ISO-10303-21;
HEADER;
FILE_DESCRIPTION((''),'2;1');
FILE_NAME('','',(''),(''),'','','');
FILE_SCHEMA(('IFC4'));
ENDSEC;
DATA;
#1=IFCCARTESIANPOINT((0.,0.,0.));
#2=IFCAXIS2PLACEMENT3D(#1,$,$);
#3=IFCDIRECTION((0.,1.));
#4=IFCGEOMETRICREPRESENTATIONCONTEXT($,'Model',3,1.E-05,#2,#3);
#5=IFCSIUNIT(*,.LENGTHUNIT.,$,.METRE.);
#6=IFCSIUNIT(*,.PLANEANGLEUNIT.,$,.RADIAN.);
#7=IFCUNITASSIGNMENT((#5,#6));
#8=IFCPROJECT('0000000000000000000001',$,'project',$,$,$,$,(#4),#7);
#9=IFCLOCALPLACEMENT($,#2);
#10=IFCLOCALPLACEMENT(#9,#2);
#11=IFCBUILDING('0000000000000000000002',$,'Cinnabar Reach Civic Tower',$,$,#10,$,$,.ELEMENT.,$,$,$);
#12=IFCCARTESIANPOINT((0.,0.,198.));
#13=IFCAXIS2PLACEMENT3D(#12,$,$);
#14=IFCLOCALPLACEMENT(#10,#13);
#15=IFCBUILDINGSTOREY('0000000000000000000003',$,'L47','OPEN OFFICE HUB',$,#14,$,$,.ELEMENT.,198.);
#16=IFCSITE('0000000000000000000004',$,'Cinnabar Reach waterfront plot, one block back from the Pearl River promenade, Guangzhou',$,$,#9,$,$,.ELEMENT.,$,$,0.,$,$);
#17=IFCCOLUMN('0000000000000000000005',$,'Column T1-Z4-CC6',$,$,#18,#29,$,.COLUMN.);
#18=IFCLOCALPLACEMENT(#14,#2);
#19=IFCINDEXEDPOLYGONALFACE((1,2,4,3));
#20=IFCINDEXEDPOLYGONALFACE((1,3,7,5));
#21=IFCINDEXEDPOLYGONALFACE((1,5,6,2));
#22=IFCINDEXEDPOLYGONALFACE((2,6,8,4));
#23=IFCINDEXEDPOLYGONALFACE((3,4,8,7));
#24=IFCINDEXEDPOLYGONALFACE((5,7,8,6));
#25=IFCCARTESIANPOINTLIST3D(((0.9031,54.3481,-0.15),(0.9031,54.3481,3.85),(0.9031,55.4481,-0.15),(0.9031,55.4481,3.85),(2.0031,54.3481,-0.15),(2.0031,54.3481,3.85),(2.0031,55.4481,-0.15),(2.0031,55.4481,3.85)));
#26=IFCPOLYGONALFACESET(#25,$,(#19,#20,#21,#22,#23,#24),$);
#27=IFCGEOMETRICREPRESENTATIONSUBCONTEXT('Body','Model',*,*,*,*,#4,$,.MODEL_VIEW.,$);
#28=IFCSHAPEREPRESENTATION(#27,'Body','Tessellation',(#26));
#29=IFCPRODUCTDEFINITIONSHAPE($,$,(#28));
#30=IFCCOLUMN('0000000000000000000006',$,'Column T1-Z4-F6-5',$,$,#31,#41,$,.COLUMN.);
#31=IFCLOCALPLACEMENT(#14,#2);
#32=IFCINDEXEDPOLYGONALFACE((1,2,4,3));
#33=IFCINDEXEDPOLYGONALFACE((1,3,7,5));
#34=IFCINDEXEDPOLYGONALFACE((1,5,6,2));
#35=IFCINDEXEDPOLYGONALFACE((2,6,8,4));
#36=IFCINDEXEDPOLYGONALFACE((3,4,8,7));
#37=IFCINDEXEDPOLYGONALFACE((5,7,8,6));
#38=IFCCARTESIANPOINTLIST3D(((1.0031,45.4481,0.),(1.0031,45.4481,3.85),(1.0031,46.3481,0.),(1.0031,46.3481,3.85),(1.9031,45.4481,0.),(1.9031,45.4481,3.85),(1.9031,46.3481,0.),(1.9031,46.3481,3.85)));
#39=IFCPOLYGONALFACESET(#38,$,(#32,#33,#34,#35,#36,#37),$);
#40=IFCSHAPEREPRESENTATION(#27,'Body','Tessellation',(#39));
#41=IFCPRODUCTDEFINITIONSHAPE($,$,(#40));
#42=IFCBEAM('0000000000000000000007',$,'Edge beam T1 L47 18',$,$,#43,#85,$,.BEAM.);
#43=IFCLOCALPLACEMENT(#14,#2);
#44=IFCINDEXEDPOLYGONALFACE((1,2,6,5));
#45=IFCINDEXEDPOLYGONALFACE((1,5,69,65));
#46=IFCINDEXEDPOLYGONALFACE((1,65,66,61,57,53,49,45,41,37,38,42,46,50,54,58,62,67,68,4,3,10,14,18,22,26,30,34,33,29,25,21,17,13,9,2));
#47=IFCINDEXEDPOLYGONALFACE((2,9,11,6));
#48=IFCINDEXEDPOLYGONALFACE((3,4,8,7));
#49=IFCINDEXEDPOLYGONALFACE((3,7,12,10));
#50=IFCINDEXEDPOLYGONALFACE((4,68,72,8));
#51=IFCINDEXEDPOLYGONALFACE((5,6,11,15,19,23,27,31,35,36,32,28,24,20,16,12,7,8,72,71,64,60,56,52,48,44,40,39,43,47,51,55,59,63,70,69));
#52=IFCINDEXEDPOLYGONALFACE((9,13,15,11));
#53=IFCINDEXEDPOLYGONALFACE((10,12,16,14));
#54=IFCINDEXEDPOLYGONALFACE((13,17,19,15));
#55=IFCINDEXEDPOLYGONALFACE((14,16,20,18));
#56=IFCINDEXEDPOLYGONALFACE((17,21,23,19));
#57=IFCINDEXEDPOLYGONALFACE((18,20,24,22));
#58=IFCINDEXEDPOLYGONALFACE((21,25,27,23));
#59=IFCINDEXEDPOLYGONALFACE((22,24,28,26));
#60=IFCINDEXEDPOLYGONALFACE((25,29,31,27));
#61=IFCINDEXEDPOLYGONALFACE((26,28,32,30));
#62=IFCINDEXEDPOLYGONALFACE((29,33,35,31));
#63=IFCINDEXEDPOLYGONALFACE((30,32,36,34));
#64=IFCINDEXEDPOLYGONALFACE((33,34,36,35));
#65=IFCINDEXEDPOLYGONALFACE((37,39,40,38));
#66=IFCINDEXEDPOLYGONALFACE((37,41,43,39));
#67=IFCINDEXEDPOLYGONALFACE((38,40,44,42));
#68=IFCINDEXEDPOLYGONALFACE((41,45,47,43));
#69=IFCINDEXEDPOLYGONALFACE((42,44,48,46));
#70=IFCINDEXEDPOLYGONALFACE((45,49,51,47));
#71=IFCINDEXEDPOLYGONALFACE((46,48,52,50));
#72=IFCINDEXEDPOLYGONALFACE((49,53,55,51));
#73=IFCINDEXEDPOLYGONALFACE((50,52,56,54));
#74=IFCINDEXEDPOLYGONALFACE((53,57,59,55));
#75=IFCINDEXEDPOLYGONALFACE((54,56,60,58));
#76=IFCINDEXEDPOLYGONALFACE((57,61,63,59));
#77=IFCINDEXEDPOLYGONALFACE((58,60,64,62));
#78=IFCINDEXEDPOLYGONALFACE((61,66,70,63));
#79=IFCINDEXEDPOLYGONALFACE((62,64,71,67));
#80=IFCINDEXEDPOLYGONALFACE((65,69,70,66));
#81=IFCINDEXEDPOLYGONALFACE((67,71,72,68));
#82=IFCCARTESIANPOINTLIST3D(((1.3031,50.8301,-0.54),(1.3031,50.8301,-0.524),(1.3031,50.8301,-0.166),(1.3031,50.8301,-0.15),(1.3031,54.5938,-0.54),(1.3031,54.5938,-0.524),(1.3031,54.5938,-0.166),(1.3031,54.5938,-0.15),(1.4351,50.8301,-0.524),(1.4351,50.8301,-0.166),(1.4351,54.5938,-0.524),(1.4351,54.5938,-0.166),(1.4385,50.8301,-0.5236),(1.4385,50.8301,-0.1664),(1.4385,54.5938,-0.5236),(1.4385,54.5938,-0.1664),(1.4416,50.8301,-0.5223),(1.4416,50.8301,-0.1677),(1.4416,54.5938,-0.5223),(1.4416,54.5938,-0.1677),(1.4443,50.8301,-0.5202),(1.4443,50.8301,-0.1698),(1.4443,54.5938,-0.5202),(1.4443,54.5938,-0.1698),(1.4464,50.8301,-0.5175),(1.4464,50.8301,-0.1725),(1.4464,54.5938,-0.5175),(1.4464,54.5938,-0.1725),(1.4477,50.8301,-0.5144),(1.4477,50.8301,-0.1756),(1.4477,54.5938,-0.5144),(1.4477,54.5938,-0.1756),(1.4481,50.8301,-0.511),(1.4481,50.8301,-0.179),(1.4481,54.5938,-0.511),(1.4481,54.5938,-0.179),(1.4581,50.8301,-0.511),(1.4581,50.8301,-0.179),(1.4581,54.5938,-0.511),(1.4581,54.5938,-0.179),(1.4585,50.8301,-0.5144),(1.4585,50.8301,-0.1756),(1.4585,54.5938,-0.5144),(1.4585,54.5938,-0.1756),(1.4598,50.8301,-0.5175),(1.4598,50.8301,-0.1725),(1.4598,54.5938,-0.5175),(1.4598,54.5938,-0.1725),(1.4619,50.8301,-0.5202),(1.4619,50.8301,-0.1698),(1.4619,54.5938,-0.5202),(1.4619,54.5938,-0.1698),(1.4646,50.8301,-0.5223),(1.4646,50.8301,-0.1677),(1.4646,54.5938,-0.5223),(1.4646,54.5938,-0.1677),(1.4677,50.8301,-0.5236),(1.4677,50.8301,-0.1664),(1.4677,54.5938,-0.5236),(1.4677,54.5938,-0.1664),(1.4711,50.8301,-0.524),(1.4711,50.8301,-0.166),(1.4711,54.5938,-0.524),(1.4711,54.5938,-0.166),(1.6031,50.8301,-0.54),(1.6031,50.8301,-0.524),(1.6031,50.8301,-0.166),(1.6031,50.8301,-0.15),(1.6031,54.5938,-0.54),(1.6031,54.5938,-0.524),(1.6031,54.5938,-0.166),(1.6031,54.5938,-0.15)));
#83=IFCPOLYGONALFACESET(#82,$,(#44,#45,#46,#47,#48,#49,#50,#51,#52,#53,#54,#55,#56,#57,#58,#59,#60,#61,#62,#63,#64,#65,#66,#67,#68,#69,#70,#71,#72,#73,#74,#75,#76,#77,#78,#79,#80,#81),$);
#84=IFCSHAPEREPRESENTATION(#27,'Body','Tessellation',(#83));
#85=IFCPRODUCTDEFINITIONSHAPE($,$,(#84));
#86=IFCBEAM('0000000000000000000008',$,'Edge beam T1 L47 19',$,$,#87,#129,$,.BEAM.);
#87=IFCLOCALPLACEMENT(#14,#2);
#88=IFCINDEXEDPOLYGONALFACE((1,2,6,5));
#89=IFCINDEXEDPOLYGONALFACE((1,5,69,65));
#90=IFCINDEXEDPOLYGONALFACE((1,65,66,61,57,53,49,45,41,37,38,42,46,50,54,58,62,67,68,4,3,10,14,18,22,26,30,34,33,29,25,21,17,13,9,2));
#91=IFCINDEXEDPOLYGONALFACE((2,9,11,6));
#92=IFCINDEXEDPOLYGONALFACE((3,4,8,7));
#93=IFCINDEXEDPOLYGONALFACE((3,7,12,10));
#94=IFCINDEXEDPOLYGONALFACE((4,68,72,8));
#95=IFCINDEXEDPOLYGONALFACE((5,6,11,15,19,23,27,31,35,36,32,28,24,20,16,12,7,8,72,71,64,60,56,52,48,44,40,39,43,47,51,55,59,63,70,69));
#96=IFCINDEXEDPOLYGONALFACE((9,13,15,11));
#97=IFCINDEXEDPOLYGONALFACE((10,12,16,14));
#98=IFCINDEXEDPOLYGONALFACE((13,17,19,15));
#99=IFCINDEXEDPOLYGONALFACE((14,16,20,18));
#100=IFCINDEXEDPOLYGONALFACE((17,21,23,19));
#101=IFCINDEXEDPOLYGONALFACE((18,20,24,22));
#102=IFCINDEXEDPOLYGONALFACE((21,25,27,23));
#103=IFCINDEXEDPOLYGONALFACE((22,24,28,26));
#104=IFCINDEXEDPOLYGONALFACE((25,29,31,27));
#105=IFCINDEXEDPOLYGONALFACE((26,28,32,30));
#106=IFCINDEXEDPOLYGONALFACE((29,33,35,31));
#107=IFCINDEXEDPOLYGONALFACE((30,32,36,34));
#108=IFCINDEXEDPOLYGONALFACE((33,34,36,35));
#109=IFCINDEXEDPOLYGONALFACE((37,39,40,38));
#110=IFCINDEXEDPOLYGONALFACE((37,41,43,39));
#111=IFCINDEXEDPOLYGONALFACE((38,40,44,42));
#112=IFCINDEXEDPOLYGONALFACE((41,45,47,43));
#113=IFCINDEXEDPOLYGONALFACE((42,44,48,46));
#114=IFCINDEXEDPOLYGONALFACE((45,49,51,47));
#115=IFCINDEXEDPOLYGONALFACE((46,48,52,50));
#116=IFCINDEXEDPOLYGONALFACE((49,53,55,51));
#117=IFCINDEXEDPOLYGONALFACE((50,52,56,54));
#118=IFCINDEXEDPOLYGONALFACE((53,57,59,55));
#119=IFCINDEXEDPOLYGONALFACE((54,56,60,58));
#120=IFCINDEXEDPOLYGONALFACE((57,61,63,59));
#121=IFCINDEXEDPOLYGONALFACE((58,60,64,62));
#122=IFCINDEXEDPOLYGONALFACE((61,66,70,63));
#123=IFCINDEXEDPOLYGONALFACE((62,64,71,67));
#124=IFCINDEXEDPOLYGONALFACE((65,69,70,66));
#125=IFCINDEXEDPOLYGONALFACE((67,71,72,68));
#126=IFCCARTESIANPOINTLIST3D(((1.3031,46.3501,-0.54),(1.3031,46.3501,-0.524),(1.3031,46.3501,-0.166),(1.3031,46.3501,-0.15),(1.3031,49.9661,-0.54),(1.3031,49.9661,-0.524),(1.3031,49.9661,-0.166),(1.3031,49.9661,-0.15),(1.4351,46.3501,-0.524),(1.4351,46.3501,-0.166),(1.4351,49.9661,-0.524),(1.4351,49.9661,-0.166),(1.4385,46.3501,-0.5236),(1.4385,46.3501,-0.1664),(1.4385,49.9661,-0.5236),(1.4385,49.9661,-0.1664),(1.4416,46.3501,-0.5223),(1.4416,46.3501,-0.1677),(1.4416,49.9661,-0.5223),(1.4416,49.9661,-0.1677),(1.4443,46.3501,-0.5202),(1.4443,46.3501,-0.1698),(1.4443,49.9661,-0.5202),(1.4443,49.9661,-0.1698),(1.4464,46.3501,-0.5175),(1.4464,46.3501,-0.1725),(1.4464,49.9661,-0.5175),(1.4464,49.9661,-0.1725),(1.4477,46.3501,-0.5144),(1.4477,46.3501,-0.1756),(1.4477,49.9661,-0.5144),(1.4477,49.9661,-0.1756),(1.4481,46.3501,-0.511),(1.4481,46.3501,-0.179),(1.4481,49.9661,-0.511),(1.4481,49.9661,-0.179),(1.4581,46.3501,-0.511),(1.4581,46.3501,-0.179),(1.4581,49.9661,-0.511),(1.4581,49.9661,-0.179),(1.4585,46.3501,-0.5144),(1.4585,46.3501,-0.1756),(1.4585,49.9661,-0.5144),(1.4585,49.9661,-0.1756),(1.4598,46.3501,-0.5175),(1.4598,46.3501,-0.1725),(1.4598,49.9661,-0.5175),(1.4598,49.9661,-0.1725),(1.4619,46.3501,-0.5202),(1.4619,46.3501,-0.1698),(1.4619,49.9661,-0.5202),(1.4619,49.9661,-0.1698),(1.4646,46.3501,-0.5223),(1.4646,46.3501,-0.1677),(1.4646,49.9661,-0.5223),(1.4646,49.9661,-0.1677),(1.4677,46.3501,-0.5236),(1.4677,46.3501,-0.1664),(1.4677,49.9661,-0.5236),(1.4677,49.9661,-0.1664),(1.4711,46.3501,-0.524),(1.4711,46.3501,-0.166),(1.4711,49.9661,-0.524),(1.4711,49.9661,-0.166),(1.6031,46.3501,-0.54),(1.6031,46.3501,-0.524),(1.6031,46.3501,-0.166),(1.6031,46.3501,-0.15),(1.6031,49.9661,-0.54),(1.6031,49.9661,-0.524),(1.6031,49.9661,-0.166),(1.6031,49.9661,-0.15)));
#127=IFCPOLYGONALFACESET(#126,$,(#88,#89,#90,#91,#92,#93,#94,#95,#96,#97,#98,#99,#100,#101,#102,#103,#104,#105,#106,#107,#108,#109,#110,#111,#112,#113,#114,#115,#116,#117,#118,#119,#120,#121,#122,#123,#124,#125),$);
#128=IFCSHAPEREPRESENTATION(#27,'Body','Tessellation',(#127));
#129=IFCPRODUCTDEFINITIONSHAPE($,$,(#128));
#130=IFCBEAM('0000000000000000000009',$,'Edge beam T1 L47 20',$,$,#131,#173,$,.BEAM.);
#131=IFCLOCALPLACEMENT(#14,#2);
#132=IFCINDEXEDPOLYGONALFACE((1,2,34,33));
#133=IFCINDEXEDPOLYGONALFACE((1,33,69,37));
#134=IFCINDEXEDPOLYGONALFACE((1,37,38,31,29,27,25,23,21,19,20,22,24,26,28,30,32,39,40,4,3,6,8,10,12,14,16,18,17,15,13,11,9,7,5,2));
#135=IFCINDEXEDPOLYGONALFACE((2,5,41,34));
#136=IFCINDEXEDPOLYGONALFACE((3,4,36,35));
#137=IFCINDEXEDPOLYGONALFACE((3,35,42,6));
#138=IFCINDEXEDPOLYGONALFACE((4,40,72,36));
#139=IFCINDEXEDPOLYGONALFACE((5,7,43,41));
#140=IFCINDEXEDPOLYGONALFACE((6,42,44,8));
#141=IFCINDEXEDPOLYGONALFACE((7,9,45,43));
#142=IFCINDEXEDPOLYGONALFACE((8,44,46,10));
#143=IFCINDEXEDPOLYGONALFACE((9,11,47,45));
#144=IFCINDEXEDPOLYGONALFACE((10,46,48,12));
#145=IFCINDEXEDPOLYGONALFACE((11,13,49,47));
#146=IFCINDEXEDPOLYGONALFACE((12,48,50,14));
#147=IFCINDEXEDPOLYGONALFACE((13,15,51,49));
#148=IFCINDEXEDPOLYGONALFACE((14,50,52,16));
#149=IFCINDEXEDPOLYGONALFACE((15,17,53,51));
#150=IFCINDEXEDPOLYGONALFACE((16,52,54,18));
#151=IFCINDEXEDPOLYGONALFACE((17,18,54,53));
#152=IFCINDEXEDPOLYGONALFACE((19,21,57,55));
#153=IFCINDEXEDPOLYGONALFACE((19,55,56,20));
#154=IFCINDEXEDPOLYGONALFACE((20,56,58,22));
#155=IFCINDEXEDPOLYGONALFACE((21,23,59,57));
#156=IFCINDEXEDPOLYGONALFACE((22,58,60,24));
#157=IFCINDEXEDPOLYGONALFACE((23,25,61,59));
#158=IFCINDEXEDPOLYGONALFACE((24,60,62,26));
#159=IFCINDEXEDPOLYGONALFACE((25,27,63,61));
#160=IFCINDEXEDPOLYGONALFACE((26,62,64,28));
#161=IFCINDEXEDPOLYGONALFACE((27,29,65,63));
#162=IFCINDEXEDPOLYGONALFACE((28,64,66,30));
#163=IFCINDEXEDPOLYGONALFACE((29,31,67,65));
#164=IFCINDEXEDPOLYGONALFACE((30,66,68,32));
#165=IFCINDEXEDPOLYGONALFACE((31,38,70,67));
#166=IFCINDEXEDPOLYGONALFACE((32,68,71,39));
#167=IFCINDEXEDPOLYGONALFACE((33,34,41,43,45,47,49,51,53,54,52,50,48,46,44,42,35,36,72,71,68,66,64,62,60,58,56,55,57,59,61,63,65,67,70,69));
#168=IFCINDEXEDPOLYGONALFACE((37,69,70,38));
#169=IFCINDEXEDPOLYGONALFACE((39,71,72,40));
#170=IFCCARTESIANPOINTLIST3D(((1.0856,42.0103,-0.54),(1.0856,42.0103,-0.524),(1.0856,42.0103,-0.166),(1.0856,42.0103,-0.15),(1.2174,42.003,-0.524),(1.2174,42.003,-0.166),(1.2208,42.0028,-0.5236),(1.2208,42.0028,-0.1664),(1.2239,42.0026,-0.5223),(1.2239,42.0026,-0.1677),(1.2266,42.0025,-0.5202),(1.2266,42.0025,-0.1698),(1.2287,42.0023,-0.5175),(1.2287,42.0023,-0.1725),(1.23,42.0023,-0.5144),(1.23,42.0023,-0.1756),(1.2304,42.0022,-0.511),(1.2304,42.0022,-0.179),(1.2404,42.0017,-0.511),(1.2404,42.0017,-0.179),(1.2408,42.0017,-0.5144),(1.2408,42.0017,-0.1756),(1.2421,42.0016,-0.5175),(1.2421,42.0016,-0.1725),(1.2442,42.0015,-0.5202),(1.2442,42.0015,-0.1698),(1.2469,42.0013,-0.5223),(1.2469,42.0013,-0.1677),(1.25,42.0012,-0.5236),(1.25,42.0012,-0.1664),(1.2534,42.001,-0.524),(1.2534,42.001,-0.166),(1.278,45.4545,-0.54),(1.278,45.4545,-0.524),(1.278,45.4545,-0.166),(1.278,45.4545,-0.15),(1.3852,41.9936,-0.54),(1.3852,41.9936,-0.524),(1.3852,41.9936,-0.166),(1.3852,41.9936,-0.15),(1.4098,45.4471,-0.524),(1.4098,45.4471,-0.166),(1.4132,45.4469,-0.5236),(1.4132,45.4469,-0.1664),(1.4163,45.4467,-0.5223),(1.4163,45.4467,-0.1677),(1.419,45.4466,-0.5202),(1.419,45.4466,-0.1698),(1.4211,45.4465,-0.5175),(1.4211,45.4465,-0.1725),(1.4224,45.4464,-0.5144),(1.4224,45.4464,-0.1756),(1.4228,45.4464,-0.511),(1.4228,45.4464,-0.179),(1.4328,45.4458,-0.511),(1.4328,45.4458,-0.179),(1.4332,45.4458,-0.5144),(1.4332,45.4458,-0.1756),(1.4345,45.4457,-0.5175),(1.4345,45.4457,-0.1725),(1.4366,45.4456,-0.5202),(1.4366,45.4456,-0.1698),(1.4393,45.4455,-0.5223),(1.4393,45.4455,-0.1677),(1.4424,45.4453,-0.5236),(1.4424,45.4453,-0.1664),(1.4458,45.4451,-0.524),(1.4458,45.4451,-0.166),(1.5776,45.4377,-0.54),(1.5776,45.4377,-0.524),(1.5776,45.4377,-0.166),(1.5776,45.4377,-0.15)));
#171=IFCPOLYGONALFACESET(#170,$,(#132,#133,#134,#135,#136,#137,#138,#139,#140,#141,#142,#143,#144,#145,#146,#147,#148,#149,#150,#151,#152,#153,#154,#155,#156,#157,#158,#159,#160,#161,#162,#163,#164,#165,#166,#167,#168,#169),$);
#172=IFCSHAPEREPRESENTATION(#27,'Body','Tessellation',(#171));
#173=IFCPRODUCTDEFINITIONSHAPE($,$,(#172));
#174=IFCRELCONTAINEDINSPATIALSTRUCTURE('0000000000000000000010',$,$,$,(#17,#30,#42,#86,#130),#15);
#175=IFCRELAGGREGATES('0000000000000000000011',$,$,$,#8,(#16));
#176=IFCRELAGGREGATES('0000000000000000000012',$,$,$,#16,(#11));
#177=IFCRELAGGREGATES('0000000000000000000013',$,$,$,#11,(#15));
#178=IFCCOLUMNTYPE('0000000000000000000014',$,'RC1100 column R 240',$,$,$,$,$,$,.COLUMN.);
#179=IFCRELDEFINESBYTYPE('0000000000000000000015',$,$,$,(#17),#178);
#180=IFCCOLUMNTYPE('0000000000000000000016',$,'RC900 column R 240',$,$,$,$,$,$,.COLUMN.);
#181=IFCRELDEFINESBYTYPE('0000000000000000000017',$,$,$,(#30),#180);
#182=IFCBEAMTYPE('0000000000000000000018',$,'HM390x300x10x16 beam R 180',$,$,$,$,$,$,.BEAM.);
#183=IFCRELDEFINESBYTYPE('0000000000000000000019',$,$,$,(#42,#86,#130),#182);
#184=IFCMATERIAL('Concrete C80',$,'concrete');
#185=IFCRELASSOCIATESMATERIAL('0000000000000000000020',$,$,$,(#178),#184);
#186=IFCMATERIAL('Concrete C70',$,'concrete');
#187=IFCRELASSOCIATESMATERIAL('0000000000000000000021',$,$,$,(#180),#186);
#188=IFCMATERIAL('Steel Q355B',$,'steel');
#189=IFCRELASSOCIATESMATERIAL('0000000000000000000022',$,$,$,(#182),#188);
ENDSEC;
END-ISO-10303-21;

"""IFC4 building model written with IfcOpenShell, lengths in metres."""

from ifc_helpers import new_model, si_unit, direction, frame, origin, origin_2d, place, context, subcontext, project, spatial, rectangle, i_section, extrude, material, material_profile, profile_set, type_object, element, save


model = new_model("IFC4")

# Units and contexts
model_context = context("Model", 3, precision=1e-05, world=origin(), true_north=direction((0.0, 1.0)))
body_context = subcontext(model_context, "Body", "Model", "MODEL_VIEW")
ifc_project = project(units=[si_unit("LENGTHUNIT", "METRE"), si_unit("PLANEANGLEUNIT", "RADIAN")], contexts=[model_context])

# Site, building, storey
site_placement = place(None, origin())
site = spatial("IfcSite", under=ifc_project, at=site_placement, Name="Cinnabar Reach waterfront plot, one block back from the Pearl River promenade, Guangzhou", CompositionType="ELEMENT", RefElevation=0.0)
building_placement = place(site_placement, origin())
building = spatial("IfcBuilding", under=site, at=building_placement, Name="Cinnabar Reach Civic Tower", CompositionType="ELEMENT")
storey_placement = place(building_placement, frame((0.0, 0.0, 198.0)))
storey = spatial("IfcBuildingStorey", under=building, at=storey_placement, Name="L47", Description="OPEN OFFICE HUB", CompositionType="ELEMENT", Elevation=198.0)

# Columns
ifc_material_1 = material(Name="Concrete C80", Category="concrete")
ifc_material_profile_1 = material_profile(ifc_material_1, rectangle(XDim=1.1, YDim=1.1, at=origin_2d()), Name="RC1100")
ifc_profile_set_1 = profile_set([ifc_material_profile_1], Name="Concrete C80")
column_type_1 = type_object("IfcColumnType", Name="RC1100 column R 240", PredefinedType="COLUMN", material=ifc_profile_set_1)
column_1_placement = place(storey_placement, frame((1.4531, 54.8981, -0.15), z_axis=(0.0, 0.0, 1.0), x_axis=(1.0, 0.0, 0.0)))
element("IfcColumn", 1, at=column_1_placement, inside=storey, type_object=column_type_1, Name="Column T1-Z4-CC6", PredefinedType="COLUMN", context=body_context, shape_type="SweptSolid", body=[
    extrude(rectangle(XDim=1.1, YDim=1.1, at=origin_2d()), origin(), (0.0, 0.0, 1.0), 4.0),
])
ifc_material_2 = material(Name="Concrete C70", Category="concrete")
ifc_material_profile_2 = material_profile(ifc_material_2, rectangle(XDim=0.9, YDim=0.9, at=origin_2d()), Name="RC900")
ifc_profile_set_2 = profile_set([ifc_material_profile_2], Name="Concrete C70")
column_type_2 = type_object("IfcColumnType", Name="RC900 column R 240", PredefinedType="COLUMN", material=ifc_profile_set_2)
column_2_placement = place(storey_placement, frame((1.4531, 45.8981, 0.0), z_axis=(0.0, 0.0, 1.0), x_axis=(1.0, 0.0, 0.0)))
element("IfcColumn", 2, at=column_2_placement, inside=storey, type_object=column_type_2, Name="Column T1-Z4-F6-5", PredefinedType="COLUMN", context=body_context, shape_type="SweptSolid", body=[
    extrude(rectangle(XDim=0.9, YDim=0.9, at=origin_2d()), origin(), (0.0, 0.0, 1.0), 3.85),
])

# Beams
ifc_material_3 = material(Name="Steel Q355B", Category="steel")
ifc_material_profile_3 = material_profile(ifc_material_3, i_section(OverallWidth=0.3, OverallDepth=0.39, WebThickness=0.01, FlangeThickness=0.016, FilletRadius=0.013, at=origin_2d()), Name="HM390x300x10x16")
ifc_profile_set_3 = profile_set([ifc_material_profile_3], Name="Steel Q355B")
beam_type_1 = type_object("IfcBeamType", Name="HM390x300x10x16 beam R 180", PredefinedType="BEAM", material=ifc_profile_set_3)
beam_1_placement = place(storey_placement, frame((1.4531, 54.5938, -0.345), z_axis=(0.0, -1.0, 0.0), x_axis=(1.0, 0.0, 0.0)))
element("IfcBeam", 3, at=beam_1_placement, inside=storey, type_object=beam_type_1, Name="Edge beam T1 L47 18", PredefinedType="BEAM", context=body_context, shape_type="SweptSolid", body=[
    extrude(i_section(OverallWidth=0.3, OverallDepth=0.39, WebThickness=0.01, FlangeThickness=0.016, FilletRadius=0.013, at=origin_2d()), origin(), (0.0, 0.0, 1.0), 3.7637),
])
beam_2_placement = place(storey_placement, frame((1.4531, 49.9661, -0.345), z_axis=(0.0, -1.0, 0.0), x_axis=(1.0, 0.0, 0.0)))
element("IfcBeam", 4, at=beam_2_placement, inside=storey, type_object=beam_type_1, Name="Edge beam T1 L47 19", PredefinedType="BEAM", context=body_context, shape_type="SweptSolid", body=[
    extrude(i_section(OverallWidth=0.3, OverallDepth=0.39, WebThickness=0.01, FlangeThickness=0.016, FilletRadius=0.013, at=origin_2d()), origin(), (0.0, 0.0, 1.0), 3.616),
])
beam_3_placement = place(storey_placement, frame((1.4278, 45.4461, -0.345), z_axis=(-0.055777, -0.998443, 0.0), x_axis=(0.998443, -0.055777, 0.0)))
element("IfcBeam", 5, at=beam_3_placement, inside=storey, type_object=beam_type_1, Name="Edge beam T1 L47 20", PredefinedType="BEAM", context=body_context, shape_type="SweptSolid", body=[
    extrude(i_section(OverallWidth=0.3, OverallDepth=0.39, WebThickness=0.01, FlangeThickness=0.016, FilletRadius=0.013, at=origin_2d()), origin(), (0.0, 0.0, 1.0), 3.4495),
])

save(model, "model.ifc")
